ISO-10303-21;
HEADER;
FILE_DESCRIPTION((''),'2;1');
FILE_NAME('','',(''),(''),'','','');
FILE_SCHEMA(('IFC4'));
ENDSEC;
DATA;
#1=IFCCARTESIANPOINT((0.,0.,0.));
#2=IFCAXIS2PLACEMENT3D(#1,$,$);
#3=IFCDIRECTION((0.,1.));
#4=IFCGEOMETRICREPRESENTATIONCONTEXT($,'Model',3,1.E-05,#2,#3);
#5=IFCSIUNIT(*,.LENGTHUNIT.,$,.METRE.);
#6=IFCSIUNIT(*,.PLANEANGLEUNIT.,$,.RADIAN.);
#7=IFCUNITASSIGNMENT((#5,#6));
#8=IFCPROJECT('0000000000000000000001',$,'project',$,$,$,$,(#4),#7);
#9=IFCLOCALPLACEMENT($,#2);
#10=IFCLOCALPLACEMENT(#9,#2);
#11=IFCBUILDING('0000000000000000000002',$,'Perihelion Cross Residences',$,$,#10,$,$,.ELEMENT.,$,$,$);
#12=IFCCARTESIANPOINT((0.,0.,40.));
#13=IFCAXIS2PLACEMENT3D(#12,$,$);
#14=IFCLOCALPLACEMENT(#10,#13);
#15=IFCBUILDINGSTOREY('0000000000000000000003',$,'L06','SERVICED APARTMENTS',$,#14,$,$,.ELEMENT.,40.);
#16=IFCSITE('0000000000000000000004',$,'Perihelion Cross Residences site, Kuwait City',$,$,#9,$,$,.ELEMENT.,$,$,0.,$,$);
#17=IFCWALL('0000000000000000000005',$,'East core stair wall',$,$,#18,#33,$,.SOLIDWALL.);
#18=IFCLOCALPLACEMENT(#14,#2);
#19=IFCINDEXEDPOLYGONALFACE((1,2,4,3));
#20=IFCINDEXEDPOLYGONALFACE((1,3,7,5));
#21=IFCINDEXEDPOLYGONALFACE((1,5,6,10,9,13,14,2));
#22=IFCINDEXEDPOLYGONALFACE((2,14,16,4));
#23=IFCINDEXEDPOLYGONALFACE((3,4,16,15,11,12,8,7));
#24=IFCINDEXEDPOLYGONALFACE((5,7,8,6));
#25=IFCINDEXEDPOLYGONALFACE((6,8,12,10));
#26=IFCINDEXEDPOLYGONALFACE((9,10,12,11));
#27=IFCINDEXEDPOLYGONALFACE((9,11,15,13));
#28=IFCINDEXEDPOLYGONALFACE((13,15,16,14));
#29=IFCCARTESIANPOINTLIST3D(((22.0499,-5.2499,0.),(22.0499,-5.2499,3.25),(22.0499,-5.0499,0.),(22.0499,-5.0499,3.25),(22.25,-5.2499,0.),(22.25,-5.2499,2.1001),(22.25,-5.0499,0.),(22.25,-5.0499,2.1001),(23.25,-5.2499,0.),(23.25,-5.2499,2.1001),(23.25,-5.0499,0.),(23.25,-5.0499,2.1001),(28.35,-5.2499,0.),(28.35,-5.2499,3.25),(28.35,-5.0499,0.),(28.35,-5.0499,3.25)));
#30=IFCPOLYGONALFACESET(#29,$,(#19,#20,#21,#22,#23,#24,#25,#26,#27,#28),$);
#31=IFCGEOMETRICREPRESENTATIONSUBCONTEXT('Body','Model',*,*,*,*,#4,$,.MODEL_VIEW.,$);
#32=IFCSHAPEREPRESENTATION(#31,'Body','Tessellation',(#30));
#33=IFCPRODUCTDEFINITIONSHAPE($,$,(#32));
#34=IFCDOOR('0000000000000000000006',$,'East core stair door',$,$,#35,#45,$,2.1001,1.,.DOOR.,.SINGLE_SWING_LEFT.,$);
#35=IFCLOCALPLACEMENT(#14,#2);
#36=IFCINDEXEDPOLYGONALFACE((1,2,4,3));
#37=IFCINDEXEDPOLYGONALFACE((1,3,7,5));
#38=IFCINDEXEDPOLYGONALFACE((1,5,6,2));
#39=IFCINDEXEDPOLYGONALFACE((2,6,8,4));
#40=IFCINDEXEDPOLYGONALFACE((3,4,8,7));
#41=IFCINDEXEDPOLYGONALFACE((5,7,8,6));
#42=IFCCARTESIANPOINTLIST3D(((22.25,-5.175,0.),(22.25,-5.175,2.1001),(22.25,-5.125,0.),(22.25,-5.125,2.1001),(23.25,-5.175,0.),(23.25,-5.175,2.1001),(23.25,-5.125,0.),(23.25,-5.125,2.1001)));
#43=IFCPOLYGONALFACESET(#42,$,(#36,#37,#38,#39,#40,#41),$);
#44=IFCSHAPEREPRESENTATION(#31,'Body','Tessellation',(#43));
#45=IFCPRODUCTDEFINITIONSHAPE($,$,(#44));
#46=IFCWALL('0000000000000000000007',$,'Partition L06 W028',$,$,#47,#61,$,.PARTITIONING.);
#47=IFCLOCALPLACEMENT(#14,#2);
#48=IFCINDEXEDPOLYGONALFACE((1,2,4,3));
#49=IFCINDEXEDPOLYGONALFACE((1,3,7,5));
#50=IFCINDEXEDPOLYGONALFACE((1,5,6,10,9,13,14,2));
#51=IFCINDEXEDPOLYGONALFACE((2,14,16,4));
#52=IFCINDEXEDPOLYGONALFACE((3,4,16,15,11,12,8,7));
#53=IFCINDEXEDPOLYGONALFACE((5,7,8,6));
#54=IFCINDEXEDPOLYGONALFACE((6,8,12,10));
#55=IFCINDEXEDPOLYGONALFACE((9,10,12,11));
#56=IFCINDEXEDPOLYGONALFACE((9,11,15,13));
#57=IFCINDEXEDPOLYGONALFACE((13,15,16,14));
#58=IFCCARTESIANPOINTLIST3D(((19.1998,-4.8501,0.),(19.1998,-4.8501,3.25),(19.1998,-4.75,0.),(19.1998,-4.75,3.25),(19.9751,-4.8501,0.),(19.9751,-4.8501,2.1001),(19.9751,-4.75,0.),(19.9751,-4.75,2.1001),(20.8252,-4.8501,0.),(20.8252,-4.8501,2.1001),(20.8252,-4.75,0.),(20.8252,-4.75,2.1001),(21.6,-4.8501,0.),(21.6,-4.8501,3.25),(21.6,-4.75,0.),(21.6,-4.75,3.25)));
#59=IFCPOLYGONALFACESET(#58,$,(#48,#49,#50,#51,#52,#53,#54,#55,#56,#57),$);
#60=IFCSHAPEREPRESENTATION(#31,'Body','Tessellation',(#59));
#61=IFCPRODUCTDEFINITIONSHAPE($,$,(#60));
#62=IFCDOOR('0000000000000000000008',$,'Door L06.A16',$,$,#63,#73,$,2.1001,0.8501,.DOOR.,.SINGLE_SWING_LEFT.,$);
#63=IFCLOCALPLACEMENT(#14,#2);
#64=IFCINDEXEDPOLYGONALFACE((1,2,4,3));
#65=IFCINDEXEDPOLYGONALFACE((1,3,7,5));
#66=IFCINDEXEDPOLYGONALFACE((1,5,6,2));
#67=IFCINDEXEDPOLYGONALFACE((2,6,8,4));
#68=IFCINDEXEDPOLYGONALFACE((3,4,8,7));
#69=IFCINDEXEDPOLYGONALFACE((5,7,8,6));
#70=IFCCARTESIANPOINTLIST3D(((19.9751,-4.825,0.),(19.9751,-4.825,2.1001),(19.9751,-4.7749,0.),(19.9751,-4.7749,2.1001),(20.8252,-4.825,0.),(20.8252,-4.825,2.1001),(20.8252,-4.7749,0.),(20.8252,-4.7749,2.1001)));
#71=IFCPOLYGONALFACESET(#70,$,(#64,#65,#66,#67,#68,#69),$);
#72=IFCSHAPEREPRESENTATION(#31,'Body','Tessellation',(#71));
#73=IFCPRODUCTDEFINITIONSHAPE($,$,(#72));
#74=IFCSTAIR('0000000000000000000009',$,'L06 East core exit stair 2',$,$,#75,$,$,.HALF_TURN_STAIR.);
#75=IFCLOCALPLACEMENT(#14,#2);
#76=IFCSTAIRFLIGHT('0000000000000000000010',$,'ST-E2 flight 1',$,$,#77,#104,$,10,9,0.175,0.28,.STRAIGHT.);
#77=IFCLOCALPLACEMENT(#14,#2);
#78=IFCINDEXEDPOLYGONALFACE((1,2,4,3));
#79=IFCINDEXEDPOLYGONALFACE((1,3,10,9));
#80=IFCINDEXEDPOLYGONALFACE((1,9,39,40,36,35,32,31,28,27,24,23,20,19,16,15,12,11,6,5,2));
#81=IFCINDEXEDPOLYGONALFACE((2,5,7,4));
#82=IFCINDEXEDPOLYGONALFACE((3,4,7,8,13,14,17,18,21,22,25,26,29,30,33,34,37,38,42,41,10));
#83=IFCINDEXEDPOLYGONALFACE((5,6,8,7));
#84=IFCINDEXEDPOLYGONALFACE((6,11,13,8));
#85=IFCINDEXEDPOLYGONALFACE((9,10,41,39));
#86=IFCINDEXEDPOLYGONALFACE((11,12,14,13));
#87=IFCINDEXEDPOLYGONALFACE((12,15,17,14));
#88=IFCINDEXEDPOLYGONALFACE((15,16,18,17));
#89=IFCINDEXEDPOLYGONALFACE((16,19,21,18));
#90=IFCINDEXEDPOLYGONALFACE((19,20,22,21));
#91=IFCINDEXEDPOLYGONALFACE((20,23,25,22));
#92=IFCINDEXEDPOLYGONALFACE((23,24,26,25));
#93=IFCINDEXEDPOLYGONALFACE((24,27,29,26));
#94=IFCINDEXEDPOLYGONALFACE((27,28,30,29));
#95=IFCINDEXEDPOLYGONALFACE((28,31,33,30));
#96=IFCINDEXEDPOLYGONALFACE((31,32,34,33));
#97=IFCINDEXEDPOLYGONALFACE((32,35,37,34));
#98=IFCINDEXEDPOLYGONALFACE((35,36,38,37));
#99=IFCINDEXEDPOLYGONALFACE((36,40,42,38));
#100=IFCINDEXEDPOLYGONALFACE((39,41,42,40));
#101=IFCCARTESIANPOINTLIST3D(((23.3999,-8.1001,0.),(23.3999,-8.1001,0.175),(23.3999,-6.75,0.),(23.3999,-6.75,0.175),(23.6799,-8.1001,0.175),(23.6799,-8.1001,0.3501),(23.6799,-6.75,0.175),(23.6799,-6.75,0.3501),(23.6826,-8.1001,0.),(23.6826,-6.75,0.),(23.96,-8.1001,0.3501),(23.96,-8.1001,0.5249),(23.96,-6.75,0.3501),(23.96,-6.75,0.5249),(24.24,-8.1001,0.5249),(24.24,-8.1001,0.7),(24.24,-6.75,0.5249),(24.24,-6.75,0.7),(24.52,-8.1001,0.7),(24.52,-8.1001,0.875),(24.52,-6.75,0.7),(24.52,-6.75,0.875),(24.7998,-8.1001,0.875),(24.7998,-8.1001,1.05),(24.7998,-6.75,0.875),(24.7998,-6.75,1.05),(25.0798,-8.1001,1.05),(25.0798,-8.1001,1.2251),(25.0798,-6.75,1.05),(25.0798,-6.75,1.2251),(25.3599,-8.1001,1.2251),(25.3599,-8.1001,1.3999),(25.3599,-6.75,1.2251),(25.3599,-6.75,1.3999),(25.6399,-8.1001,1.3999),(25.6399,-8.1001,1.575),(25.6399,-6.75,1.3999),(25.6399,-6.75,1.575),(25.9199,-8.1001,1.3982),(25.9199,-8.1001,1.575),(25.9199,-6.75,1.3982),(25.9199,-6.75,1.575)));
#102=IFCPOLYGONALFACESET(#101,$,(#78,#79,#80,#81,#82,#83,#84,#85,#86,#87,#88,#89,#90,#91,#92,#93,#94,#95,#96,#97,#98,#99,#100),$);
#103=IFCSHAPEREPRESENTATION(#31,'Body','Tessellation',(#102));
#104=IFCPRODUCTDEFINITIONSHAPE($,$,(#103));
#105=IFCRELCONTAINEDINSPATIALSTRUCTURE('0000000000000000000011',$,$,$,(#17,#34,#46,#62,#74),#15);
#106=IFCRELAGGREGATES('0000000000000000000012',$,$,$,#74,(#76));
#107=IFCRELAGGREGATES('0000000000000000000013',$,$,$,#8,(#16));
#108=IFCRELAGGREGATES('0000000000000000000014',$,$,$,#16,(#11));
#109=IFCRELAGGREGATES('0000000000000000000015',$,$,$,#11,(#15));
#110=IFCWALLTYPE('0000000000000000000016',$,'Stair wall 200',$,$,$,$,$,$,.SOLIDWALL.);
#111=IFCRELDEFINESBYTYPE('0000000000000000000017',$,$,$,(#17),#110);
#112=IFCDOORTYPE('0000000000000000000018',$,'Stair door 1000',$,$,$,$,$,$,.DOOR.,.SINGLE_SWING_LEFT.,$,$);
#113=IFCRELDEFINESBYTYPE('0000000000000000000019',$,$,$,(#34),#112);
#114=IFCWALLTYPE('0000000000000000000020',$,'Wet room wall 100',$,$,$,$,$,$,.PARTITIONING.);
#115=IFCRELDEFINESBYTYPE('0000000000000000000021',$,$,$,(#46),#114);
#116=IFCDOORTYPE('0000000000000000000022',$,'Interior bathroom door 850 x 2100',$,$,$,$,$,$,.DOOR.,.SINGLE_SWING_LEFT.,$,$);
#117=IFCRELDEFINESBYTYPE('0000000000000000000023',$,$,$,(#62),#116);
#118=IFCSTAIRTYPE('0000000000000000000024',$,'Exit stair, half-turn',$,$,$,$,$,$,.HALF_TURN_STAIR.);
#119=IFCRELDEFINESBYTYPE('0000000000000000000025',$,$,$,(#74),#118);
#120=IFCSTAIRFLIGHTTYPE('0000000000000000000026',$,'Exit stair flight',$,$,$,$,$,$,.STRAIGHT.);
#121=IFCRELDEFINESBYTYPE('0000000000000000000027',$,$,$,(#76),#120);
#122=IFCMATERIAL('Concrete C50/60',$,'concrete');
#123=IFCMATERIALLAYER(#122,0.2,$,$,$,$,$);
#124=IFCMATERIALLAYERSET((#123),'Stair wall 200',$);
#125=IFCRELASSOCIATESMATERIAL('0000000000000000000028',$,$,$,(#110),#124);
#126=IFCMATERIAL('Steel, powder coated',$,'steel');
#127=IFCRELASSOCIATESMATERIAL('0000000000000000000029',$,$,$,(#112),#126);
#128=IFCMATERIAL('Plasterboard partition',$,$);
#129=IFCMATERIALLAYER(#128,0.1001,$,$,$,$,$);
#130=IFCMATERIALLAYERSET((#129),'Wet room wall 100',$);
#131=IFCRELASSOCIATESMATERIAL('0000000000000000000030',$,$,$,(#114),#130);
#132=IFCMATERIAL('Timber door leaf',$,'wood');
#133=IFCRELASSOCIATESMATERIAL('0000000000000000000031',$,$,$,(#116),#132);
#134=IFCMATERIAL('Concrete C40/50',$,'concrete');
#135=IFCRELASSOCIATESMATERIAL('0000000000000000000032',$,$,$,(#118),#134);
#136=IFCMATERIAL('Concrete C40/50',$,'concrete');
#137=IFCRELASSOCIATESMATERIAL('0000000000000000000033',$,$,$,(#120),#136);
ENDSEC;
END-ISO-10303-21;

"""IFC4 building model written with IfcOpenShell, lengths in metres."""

from ifc_helpers import new_model, si_unit, direction, frame, frame_2d, origin, place, context, subcontext, project, spatial, polyline, rectangle, outline, extrude, material, layer, layer_set, type_object, element, fill, aggregate, save


model = new_model("IFC4")

# Units and contexts
model_context = context("Model", 3, precision=1e-05, world=origin(), true_north=direction((0.0, 1.0)))
body_context = subcontext(model_context, "Body", "Model", "MODEL_VIEW")
ifc_project = project(units=[si_unit("LENGTHUNIT", "METRE"), si_unit("PLANEANGLEUNIT", "RADIAN")], contexts=[model_context])

# Site, building, storey
site_placement = place(None, origin())
site = spatial("IfcSite", under=ifc_project, at=site_placement, Name="Perihelion Cross Residences site, Kuwait City", CompositionType="ELEMENT", RefElevation=0.0)
building_placement = place(site_placement, origin())
building = spatial("IfcBuilding", under=site, at=building_placement, Name="Perihelion Cross Residences", CompositionType="ELEMENT")
storey_placement = place(building_placement, frame((0.0, 0.0, 40.0)))
storey = spatial("IfcBuildingStorey", under=building, at=storey_placement, Name="L06", Description="SERVICED APARTMENTS", CompositionType="ELEMENT", Elevation=40.0)

# Walls, openings, doors
ifc_material_1 = material(Name="Concrete C50/60", Category="concrete")
ifc_layer_1 = layer(ifc_material_1, 0.2)
ifc_layer_set_1 = layer_set([ifc_layer_1], Name="Stair wall 200")
wall_type_1 = type_object("IfcWallType", Name="Stair wall 200", PredefinedType="SOLIDWALL", material=ifc_layer_set_1)
wall_1_placement = place(storey_placement, frame((22.05, -5.1499, 0.0), z_axis=(0.0, 0.0, 1.0), x_axis=(1.0, 0.0, 0.0)))
wall_1 = element("IfcWall", 1, at=wall_1_placement, inside=storey, type_object=wall_type_1, Name="East core stair wall", PredefinedType="SOLIDWALL", context=body_context, shape_type="SweptSolid", body=[
    extrude(rectangle(XDim=6.3, YDim=0.2, at=frame_2d((3.1499, 0.0))), origin(), (0.0, 0.0, 1.0), 3.25),
])
opening_1_placement = place(wall_1_placement, frame((0.2, 0.0, 0.0)))
opening_1 = element("IfcOpeningElement", 2, at=opening_1_placement, cuts=wall_1, PredefinedType="OPENING", context=body_context, shape_type="SweptSolid", body=[
    extrude(rectangle(XDim=1.0, YDim=2.1001, at=frame_2d((0.5, 1.05))), frame((0.0, 0.1099, 0.0), z_axis=(0.0, -1.0, 0.0), x_axis=(1.0, 0.0, 0.0)), (0.0, 0.0, 1.0), 0.22),
])
ifc_material_2 = material(Name="Steel, powder coated", Category="steel")
door_type_1 = type_object("IfcDoorType", Name="Stair door 1000", OperationType="SINGLE_SWING_LEFT", PredefinedType="DOOR", material=ifc_material_2)
door_1_placement = place(opening_1_placement, origin())
door_1 = element("IfcDoor", 3, at=door_1_placement, inside=storey, type_object=door_type_1, Name="East core stair door", OperationType="SINGLE_SWING_LEFT", OverallHeight=2.1001, OverallWidth=1.0, PredefinedType="DOOR", context=body_context, shape_type="SweptSolid", body=[
    extrude(rectangle(XDim=1.0, YDim=2.1001, at=frame_2d((0.5, 1.05))), frame((0.0, 0.0249, 0.0), z_axis=(0.0, -1.0, 0.0), x_axis=(1.0, 0.0, 0.0)), (0.0, 0.0, 1.0), 0.05),
])
fill(opening_1, door_1)
ifc_material_3 = material(Name="Plasterboard partition")
ifc_layer_2 = layer(ifc_material_3, 0.1001)
ifc_layer_set_2 = layer_set([ifc_layer_2], Name="Wet room wall 100")
wall_type_2 = type_object("IfcWallType", Name="Wet room wall 100", PredefinedType="PARTITIONING", material=ifc_layer_set_2)
wall_2_placement = place(storey_placement, frame((21.6001, -4.8, 0.0), z_axis=(0.0, 0.0, 1.0), x_axis=(-1.0, 0.0, 0.0)))
wall_2 = element("IfcWall", 4, at=wall_2_placement, inside=storey, type_object=wall_type_2, Name="Partition L06 W028", PredefinedType="PARTITIONING", context=body_context, shape_type="SweptSolid", body=[
    extrude(rectangle(XDim=2.4001, YDim=0.1001, at=frame_2d((1.2002, 0.0))), origin(), (0.0, 0.0, 1.0), 3.25),
])
opening_2_placement = place(wall_2_placement, frame((0.7749, 0.0, 0.0)))
opening_2 = element("IfcOpeningElement", 5, at=opening_2_placement, cuts=wall_2, PredefinedType="OPENING", context=body_context, shape_type="SweptSolid", body=[
    extrude(rectangle(XDim=0.8501, YDim=2.1001, at=frame_2d((0.425, 1.05))), frame((0.0, 0.0601, 0.0), z_axis=(0.0, -1.0, 0.0), x_axis=(1.0, 0.0, 0.0)), (0.0, 0.0, 1.0), 0.1201),
])
ifc_material_4 = material(Name="Timber door leaf", Category="wood")
door_type_2 = type_object("IfcDoorType", Name="Interior bathroom door 850 x 2100", OperationType="SINGLE_SWING_LEFT", PredefinedType="DOOR", material=ifc_material_4)
door_2_placement = place(opening_2_placement, origin())
door_2 = element("IfcDoor", 6, at=door_2_placement, inside=storey, type_object=door_type_2, Name="Door L06.A16", OperationType="SINGLE_SWING_LEFT", OverallHeight=2.1001, OverallWidth=0.8501, PredefinedType="DOOR", context=body_context, shape_type="SweptSolid", body=[
    extrude(rectangle(XDim=0.8501, YDim=2.1001, at=frame_2d((0.425, 1.05))), frame((0.0, 0.0249, 0.0), z_axis=(0.0, -1.0, 0.0), x_axis=(1.0, 0.0, 0.0)), (0.0, 0.0, 1.0), 0.05),
])
fill(opening_2, door_2)

# Stair, stair flight
ifc_material_5 = material(Name="Concrete C40/50", Category="concrete")
stair_type = type_object("IfcStairType", Name="Exit stair, half-turn", PredefinedType="HALF_TURN_STAIR", material=ifc_material_5)
stair_placement = place(storey_placement, origin())
stair = element("IfcStair", 7, at=stair_placement, inside=storey, type_object=stair_type, Name="L06 East core exit stair 2", PredefinedType="HALF_TURN_STAIR")
ifc_material_6 = material(Name="Concrete C40/50", Category="concrete")
stair_flight_type = type_object("IfcStairFlightType", Name="Exit stair flight", PredefinedType="STRAIGHT", material=ifc_material_6)
stair_flight_placement = place(storey_placement, frame((23.3999, -7.425, 0.0), z_axis=(0.0, 0.0, 1.0), x_axis=(1.0, 0.0, 0.0)))
stair_flight = element("IfcStairFlight", 8, at=stair_flight_placement, type_object=stair_flight_type, Name="ST-E2 flight 1", NumberOfRisers=10, NumberOfTreads=9, PredefinedType="STRAIGHT", RiserHeight=0.175, TreadLength=0.28, context=body_context, shape_type="SweptSolid", body=[
    extrude(outline(polyline([(0.0, 0.0), (0.0, 0.175), (0.28, 0.175), (0.28, 0.3501), (0.5601, 0.3501), (0.5601, 0.5249), (0.8401, 0.5249), (0.8401, 0.7), (1.1201, 0.7), (1.1201, 0.875), (1.3999, 0.875), (1.3999, 1.05), (1.6799, 1.05), (1.6799, 1.2251), (1.96, 1.2251), (1.96, 1.3999), (2.24, 1.3999), (2.24, 1.575), (2.52, 1.575), (2.52, 1.75), (2.52, 1.3982), (0.2827, 0.0), (0.0, 0.0)])), frame((0.0, 0.675, 0.0), z_axis=(0.0, -1.0, 0.0), x_axis=(1.0, 0.0, 0.0)), (0.0, 0.0, 1.0), 1.3501),
])
aggregate(stair, [stair_flight])

save(model, "model.ifc")
